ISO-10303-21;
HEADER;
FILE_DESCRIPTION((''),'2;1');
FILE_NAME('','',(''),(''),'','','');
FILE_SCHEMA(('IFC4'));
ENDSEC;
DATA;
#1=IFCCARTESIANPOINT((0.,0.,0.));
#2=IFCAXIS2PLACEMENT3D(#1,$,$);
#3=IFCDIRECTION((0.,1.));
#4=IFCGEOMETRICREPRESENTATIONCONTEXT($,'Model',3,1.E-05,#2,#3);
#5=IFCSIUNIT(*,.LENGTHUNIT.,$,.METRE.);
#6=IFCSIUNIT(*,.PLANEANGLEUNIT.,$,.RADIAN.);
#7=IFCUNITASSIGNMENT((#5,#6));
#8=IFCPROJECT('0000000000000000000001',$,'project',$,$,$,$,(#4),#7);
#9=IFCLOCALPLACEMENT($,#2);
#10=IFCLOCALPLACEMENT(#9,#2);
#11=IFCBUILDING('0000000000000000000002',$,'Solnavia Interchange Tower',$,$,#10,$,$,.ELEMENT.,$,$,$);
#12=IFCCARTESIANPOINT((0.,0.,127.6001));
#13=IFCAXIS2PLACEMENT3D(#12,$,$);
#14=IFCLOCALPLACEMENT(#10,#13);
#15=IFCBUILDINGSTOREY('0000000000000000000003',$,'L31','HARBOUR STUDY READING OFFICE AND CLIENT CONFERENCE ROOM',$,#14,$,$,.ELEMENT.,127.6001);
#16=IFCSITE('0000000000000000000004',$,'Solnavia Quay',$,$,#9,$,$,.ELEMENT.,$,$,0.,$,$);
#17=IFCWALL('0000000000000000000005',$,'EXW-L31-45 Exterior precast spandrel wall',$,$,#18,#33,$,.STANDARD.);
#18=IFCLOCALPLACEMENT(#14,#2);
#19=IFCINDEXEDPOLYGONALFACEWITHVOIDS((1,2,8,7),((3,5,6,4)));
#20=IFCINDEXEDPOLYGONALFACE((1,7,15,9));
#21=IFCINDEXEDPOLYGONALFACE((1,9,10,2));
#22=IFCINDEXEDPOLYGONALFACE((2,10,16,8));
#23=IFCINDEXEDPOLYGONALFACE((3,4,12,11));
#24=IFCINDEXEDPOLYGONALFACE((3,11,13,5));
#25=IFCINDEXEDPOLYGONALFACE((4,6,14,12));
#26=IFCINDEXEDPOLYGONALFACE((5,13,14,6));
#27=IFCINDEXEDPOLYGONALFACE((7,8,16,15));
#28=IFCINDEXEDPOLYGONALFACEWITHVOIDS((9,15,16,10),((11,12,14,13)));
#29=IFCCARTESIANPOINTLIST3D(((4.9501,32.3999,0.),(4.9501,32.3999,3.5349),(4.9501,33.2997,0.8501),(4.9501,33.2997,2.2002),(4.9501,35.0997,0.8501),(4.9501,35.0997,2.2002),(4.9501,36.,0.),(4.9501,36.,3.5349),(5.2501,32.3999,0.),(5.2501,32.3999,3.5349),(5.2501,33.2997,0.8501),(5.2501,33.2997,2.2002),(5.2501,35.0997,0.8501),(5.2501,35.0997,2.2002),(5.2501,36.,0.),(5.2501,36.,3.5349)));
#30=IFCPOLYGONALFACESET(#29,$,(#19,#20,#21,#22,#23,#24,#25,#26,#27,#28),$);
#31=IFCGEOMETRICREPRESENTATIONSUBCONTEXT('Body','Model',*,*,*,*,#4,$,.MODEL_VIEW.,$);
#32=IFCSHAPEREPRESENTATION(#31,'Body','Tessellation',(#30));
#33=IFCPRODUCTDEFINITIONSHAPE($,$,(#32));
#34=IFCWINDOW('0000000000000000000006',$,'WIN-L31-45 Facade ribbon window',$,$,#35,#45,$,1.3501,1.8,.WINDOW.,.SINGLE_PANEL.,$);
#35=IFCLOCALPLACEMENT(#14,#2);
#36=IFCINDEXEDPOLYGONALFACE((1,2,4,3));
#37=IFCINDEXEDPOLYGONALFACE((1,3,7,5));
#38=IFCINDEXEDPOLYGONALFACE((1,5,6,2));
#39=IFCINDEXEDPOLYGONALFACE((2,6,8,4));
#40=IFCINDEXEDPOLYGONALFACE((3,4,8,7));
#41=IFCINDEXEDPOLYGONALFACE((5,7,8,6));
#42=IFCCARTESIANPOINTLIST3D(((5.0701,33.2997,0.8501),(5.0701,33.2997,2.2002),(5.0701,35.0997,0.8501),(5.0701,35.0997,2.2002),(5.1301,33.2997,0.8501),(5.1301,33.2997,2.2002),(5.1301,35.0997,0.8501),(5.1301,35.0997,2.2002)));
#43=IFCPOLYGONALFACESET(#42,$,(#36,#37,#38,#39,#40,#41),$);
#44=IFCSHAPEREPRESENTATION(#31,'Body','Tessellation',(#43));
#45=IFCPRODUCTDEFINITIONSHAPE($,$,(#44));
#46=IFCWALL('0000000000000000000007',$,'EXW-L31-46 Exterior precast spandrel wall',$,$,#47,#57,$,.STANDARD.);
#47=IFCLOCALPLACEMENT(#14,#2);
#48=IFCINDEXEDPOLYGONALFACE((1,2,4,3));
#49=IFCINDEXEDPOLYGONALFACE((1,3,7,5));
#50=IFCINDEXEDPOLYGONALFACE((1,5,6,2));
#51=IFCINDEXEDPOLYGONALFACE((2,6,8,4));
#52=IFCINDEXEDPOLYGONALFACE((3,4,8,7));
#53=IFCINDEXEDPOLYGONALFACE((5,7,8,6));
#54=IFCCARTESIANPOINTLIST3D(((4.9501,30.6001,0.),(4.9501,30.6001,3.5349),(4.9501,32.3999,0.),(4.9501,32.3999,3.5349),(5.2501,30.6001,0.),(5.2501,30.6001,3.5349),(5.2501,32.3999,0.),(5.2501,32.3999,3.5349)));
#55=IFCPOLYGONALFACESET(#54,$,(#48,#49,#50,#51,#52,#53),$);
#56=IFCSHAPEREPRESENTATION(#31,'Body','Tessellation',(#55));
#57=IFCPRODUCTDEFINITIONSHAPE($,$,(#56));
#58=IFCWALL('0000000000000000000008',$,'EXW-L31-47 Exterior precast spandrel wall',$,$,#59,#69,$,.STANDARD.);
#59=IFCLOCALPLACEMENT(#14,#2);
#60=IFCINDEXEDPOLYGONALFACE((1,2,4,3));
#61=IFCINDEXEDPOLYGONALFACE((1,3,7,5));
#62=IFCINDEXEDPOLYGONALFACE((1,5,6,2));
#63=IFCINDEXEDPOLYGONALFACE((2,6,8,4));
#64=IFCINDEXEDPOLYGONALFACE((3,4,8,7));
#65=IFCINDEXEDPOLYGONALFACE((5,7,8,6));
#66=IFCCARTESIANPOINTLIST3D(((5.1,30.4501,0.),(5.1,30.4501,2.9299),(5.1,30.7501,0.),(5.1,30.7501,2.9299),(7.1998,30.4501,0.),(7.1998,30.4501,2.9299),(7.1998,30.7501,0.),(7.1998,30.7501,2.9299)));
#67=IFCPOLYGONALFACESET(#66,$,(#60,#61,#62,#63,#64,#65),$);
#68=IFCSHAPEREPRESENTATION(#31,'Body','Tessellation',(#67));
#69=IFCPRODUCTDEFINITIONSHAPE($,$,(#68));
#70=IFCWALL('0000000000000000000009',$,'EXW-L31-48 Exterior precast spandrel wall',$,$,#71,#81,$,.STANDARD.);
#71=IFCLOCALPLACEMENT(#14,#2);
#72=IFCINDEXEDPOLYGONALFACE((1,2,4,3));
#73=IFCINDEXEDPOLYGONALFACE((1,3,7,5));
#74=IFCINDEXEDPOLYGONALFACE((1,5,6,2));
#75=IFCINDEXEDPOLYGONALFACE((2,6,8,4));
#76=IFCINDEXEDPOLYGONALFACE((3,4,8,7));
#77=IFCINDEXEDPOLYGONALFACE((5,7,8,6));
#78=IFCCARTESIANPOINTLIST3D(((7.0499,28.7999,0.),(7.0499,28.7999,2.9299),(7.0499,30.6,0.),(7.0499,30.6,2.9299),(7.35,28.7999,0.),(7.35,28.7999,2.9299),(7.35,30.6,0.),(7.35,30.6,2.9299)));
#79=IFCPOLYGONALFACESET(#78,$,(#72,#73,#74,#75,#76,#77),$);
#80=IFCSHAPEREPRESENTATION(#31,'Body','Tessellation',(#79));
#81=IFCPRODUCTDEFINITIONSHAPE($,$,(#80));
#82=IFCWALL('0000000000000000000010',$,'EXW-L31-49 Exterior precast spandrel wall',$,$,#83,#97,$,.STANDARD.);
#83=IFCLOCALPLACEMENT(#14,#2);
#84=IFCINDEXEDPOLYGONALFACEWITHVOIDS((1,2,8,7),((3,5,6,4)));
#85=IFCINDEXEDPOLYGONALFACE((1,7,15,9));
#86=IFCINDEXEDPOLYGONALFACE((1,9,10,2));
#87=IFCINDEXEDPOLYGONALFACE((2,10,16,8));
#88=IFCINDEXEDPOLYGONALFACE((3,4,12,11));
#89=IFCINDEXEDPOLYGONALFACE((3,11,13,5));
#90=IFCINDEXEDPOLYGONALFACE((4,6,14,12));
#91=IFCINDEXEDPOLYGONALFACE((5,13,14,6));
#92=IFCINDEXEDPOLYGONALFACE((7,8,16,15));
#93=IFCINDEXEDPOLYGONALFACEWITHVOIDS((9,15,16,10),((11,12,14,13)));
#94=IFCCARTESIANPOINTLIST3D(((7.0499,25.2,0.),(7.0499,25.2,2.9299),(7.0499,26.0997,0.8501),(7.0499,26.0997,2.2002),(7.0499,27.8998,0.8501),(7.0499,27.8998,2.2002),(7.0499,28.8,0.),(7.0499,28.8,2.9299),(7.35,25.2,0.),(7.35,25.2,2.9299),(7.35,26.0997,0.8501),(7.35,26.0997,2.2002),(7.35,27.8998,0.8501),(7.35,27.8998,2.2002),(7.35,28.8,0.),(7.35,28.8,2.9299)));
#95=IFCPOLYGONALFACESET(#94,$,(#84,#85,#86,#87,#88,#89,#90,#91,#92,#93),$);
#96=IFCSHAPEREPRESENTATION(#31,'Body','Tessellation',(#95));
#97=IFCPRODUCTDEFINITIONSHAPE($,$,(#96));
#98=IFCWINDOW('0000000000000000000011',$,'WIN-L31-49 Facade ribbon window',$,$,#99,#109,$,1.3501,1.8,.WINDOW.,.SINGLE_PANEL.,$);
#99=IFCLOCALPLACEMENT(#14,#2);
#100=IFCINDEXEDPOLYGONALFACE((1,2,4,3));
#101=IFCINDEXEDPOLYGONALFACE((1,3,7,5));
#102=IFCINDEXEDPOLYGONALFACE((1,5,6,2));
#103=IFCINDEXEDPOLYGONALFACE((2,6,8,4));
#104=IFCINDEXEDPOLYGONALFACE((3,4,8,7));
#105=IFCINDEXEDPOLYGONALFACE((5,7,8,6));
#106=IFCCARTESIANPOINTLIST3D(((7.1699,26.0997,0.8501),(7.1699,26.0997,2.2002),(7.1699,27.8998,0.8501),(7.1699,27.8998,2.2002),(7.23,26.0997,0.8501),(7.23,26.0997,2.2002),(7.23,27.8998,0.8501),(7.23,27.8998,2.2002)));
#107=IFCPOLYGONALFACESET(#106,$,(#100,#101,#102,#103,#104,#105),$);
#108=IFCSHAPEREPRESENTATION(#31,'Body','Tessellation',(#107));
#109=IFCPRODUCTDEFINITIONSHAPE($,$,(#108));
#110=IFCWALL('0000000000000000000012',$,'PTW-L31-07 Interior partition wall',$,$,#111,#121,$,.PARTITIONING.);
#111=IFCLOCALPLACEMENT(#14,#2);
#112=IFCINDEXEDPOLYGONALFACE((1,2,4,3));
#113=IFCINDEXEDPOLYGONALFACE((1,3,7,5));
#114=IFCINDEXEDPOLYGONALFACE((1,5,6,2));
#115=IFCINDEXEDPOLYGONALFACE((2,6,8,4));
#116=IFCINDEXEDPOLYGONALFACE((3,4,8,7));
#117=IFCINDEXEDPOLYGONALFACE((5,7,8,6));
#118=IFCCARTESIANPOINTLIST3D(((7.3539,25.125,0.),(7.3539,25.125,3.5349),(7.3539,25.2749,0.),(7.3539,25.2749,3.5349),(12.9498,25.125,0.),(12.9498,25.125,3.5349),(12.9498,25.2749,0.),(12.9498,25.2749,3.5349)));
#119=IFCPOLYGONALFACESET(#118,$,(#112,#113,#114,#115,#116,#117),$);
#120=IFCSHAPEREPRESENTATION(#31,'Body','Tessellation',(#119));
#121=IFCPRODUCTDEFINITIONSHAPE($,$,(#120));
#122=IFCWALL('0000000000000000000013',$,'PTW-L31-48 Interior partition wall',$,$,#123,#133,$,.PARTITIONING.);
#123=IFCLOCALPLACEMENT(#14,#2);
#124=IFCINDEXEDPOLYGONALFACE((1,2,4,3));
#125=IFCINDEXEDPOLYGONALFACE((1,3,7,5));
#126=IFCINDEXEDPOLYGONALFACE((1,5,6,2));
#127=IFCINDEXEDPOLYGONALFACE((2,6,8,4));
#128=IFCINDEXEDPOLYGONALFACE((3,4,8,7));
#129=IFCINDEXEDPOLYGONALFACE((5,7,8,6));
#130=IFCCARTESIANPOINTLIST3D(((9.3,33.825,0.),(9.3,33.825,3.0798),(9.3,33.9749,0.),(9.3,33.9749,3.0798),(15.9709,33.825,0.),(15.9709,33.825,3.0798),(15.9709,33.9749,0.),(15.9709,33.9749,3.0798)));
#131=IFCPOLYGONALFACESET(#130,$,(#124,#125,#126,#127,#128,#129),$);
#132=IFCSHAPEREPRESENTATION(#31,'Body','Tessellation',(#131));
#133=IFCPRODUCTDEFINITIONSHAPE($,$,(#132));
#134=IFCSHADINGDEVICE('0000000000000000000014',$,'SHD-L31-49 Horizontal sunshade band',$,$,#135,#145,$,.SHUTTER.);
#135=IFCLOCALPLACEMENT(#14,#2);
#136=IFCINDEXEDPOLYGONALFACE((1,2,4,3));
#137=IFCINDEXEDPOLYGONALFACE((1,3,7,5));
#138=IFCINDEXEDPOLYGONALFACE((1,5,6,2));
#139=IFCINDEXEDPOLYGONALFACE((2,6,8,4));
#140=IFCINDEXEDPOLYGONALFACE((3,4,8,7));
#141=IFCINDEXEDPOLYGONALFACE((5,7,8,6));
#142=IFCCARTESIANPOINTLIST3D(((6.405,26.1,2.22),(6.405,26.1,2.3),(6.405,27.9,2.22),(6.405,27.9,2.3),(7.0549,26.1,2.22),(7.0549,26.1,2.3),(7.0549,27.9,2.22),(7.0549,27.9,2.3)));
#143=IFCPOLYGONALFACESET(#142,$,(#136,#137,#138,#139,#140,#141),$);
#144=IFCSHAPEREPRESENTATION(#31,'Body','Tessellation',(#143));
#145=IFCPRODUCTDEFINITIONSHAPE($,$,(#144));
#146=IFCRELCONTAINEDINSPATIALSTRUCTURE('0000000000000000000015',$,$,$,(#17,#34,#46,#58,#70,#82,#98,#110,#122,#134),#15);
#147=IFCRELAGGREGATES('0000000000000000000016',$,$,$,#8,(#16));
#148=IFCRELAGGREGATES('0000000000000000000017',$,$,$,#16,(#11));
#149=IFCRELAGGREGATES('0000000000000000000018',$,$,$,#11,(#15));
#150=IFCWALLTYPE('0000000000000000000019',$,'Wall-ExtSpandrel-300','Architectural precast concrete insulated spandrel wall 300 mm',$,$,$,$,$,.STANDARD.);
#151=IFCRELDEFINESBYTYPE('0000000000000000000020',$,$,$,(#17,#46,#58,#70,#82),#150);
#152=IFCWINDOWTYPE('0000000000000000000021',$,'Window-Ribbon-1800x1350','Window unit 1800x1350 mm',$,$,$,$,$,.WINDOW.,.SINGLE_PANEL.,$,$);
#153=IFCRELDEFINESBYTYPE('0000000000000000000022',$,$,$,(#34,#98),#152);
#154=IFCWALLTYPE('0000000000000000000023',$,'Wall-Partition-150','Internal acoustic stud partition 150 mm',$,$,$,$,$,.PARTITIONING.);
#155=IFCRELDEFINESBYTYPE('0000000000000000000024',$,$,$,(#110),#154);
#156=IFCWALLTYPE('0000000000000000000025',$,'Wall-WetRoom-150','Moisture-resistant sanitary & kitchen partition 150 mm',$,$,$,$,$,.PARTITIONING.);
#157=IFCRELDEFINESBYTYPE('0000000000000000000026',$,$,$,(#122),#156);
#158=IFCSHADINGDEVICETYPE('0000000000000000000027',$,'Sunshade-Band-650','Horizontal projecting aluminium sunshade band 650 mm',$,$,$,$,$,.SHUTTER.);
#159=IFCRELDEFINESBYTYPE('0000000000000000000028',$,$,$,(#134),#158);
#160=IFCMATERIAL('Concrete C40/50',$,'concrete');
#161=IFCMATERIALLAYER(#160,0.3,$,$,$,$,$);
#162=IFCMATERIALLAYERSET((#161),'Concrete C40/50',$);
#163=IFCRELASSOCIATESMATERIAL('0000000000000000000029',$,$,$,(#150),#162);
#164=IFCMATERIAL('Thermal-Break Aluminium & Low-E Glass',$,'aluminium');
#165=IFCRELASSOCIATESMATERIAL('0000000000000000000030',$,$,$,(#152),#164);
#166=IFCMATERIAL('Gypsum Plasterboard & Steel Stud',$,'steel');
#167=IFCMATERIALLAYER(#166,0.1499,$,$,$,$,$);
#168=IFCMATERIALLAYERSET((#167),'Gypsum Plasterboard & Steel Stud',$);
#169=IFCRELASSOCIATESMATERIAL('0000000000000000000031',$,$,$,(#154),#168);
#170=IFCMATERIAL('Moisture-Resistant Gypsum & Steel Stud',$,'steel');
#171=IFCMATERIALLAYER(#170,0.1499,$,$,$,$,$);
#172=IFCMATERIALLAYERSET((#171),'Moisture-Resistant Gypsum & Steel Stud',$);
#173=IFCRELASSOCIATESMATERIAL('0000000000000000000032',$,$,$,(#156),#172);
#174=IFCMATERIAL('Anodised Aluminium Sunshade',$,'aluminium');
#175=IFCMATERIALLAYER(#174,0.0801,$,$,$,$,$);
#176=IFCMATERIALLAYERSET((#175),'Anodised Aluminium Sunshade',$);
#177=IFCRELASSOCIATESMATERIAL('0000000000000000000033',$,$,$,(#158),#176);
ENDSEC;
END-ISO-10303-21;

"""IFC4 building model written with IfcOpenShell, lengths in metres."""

from ifc_helpers import new_model, si_unit, direction, frame, frame_2d, origin, origin_2d, place, context, subcontext, project, spatial, rectangle, extrude, material, layer, layer_set, type_object, element, fill, save


model = new_model("IFC4")

# Units and contexts
model_context = context("Model", 3, precision=1e-05, world=origin(), true_north=direction((0.0, 1.0)))
body_context = subcontext(model_context, "Body", "Model", "MODEL_VIEW")
ifc_project = project(units=[si_unit("LENGTHUNIT", "METRE"), si_unit("PLANEANGLEUNIT", "RADIAN")], contexts=[model_context])

# Site, building, storey
site_placement = place(None, origin())
site = spatial("IfcSite", under=ifc_project, at=site_placement, Name="Solnavia Quay", CompositionType="ELEMENT", RefElevation=0.0)
building_placement = place(site_placement, origin())
building = spatial("IfcBuilding", under=site, at=building_placement, Name="Solnavia Interchange Tower", CompositionType="ELEMENT")
storey_placement = place(building_placement, frame((0.0, 0.0, 127.6001)))
storey = spatial("IfcBuildingStorey", under=building, at=storey_placement, Name="L31", Description="HARBOUR STUDY READING OFFICE AND CLIENT CONFERENCE ROOM", CompositionType="ELEMENT", Elevation=127.6001)

# Wall, opening, window
ifc_material_1 = material(Name="Concrete C40/50", Category="concrete")
ifc_layer_1 = layer(ifc_material_1, 0.3)
ifc_layer_set_1 = layer_set([ifc_layer_1], Name="Concrete C40/50")
wall_type_1 = type_object("IfcWallType", Name="Wall-ExtSpandrel-300", Description="Architectural precast concrete insulated spandrel wall 300 mm", PredefinedType="STANDARD", material=ifc_layer_set_1)
wall_1_placement = place(storey_placement, frame((5.1001, 32.3999, 0.0), z_axis=(0.0, 0.0, 1.0), x_axis=(0.0, 1.0, 0.0)))
wall_1 = element("IfcWall", 1, at=wall_1_placement, inside=storey, type_object=wall_type_1, Name="EXW-L31-45 Exterior precast spandrel wall", PredefinedType="STANDARD", context=body_context, shape_type="SweptSolid", body=[
    extrude(rectangle(XDim=3.6001, YDim=0.3, at=frame_2d((1.8, 0.0))), origin(), (0.0, 0.0, 1.0), 3.5349),
])
opening_1_placement = place(wall_1_placement, frame((0.8999, 0.0, 0.8501)))
opening_1 = element("IfcOpeningElement", 2, at=opening_1_placement, cuts=wall_1, PredefinedType="OPENING", context=body_context, shape_type="SweptSolid", body=[
    extrude(rectangle(XDim=1.8, YDim=1.3501, at=frame_2d((0.8999, 0.675))), frame((0.0, 0.1602, 0.0), z_axis=(0.0, -1.0, 0.0), x_axis=(1.0, 0.0, 0.0)), (0.0, 0.0, 1.0), 0.3201),
])
ifc_material_2 = material(Name="Thermal-Break Aluminium & Low-E Glass", Category="aluminium")
window_type = type_object("IfcWindowType", Name="Window-Ribbon-1800x1350", Description="Window unit 1800x1350 mm", PartitioningType="SINGLE_PANEL", PredefinedType="WINDOW", material=ifc_material_2)
window_1_placement = place(opening_1_placement, origin())
window_1 = element("IfcWindow", 3, at=window_1_placement, inside=storey, type_object=window_type, Name="WIN-L31-45 Facade ribbon window", OverallHeight=1.3501, OverallWidth=1.8, PartitioningType="SINGLE_PANEL", PredefinedType="WINDOW", context=body_context, shape_type="SweptSolid", body=[
    extrude(rectangle(XDim=1.8, YDim=1.3501, at=frame_2d((0.8999, 0.675))), frame((0.0, 0.03, 0.0), z_axis=(0.0, -1.0, 0.0), x_axis=(1.0, 0.0, 0.0)), (0.0, 0.0, 1.0), 0.0601),
])
fill(opening_1, window_1)

# Walls
wall_2_placement = place(storey_placement, frame((5.1001, 30.6001, 0.0), z_axis=(0.0, 0.0, 1.0), x_axis=(0.0, 1.0, 0.0)))
element("IfcWall", 4, at=wall_2_placement, inside=storey, type_object=wall_type_1, Name="EXW-L31-46 Exterior precast spandrel wall", PredefinedType="STANDARD", context=body_context, shape_type="SweptSolid", body=[
    extrude(rectangle(XDim=1.7998, YDim=0.3, at=frame_2d((0.8999, 0.0))), origin(), (0.0, 0.0, 1.0), 3.5349),
])
wall_3_placement = place(storey_placement, frame((5.1001, 30.6001, 0.0), z_axis=(0.0, 0.0, 1.0), x_axis=(1.0, 0.0, 0.0)))
element("IfcWall", 5, at=wall_3_placement, inside=storey, type_object=wall_type_1, Name="EXW-L31-47 Exterior precast spandrel wall", PredefinedType="STANDARD", context=body_context, shape_type="SweptSolid", body=[
    extrude(rectangle(XDim=2.0999, YDim=0.3, at=frame_2d((1.0498, 0.0))), origin(), (0.0, 0.0, 1.0), 2.9299),
])
wall_4_placement = place(storey_placement, frame((7.2, 28.8, 0.0), z_axis=(0.0, 0.0, 1.0), x_axis=(0.0, 1.0, 0.0)))
element("IfcWall", 6, at=wall_4_placement, inside=storey, type_object=wall_type_1, Name="EXW-L31-48 Exterior precast spandrel wall", PredefinedType="STANDARD", context=body_context, shape_type="SweptSolid", body=[
    extrude(rectangle(XDim=1.8, YDim=0.3, at=frame_2d((0.8999, 0.0))), origin(), (0.0, 0.0, 1.0), 2.9299),
])

# Wall, opening, window
wall_5_placement = place(storey_placement, frame((7.2, 25.2, 0.0), z_axis=(0.0, 0.0, 1.0), x_axis=(0.0, 1.0, 0.0)))
wall_5 = element("IfcWall", 7, at=wall_5_placement, inside=storey, type_object=wall_type_1, Name="EXW-L31-49 Exterior precast spandrel wall", PredefinedType="STANDARD", context=body_context, shape_type="SweptSolid", body=[
    extrude(rectangle(XDim=3.6001, YDim=0.3, at=frame_2d((1.8, 0.0))), origin(), (0.0, 0.0, 1.0), 2.9299),
])
opening_2_placement = place(wall_5_placement, frame((0.8999, 0.0, 0.8501)))
opening_2 = element("IfcOpeningElement", 8, at=opening_2_placement, cuts=wall_5, PredefinedType="OPENING", context=body_context, shape_type="SweptSolid", body=[
    extrude(rectangle(XDim=1.8, YDim=1.3501, at=frame_2d((0.8999, 0.675))), frame((0.0, 0.1602, 0.0), z_axis=(0.0, -1.0, 0.0), x_axis=(1.0, 0.0, 0.0)), (0.0, 0.0, 1.0), 0.3201),
])
window_2_placement = place(opening_2_placement, origin())
window_2 = element("IfcWindow", 9, at=window_2_placement, inside=storey, type_object=window_type, Name="WIN-L31-49 Facade ribbon window", OverallHeight=1.3501, OverallWidth=1.8, PartitioningType="SINGLE_PANEL", PredefinedType="WINDOW", context=body_context, shape_type="SweptSolid", body=[
    extrude(rectangle(XDim=1.8, YDim=1.3501, at=frame_2d((0.8999, 0.675))), frame((0.0, 0.03, 0.0), z_axis=(0.0, -1.0, 0.0), x_axis=(1.0, 0.0, 0.0)), (0.0, 0.0, 1.0), 0.0601),
])
fill(opening_2, window_2)

# Walls
ifc_material_3 = material(Name="Gypsum Plasterboard & Steel Stud", Category="steel")
ifc_layer_2 = layer(ifc_material_3, 0.1499)
ifc_layer_set_2 = layer_set([ifc_layer_2], Name="Gypsum Plasterboard & Steel Stud")
wall_type_2 = type_object("IfcWallType", Name="Wall-Partition-150", Description="Internal acoustic stud partition 150 mm", PredefinedType="PARTITIONING", material=ifc_layer_set_2)
wall_6_placement = place(storey_placement, frame((7.354, 25.2, 0.0), z_axis=(0.0, 0.0, 1.0), x_axis=(1.0, 0.0, 0.0)))
element("IfcWall", 10, at=wall_6_placement, inside=storey, type_object=wall_type_2, Name="PTW-L31-07 Interior partition wall", PredefinedType="PARTITIONING", context=body_context, shape_type="SweptSolid", body=[
    extrude(rectangle(XDim=5.5959, YDim=0.1499, at=frame_2d((2.7979, 0.0))), origin(), (0.0, 0.0, 1.0), 3.5349),
])
ifc_material_4 = material(Name="Moisture-Resistant Gypsum & Steel Stud", Category="steel")
ifc_layer_3 = layer(ifc_material_4, 0.1499)
ifc_layer_set_3 = layer_set([ifc_layer_3], Name="Moisture-Resistant Gypsum & Steel Stud")
wall_type_3 = type_object("IfcWallType", Name="Wall-WetRoom-150", Description="Moisture-resistant sanitary & kitchen partition 150 mm", PredefinedType="PARTITIONING", material=ifc_layer_set_3)
wall_7_placement = place(storey_placement, frame((9.3, 33.8999, 0.0), z_axis=(0.0, 0.0, 1.0), x_axis=(1.0, 0.0, 0.0)))
element("IfcWall", 11, at=wall_7_placement, inside=storey, type_object=wall_type_3, Name="PTW-L31-48 Interior partition wall", PredefinedType="PARTITIONING", context=body_context, shape_type="SweptSolid", body=[
    extrude(rectangle(XDim=6.6709, YDim=0.1499, at=frame_2d((3.3354, 0.0))), origin(), (0.0, 0.0, 1.0), 3.0798),
])

# Shading device
ifc_material_5 = material(Name="Anodised Aluminium Sunshade", Category="aluminium")
ifc_layer_4 = layer(ifc_material_5, 0.0801)
ifc_layer_set_4 = layer_set([ifc_layer_4], Name="Anodised Aluminium Sunshade")
shading_device_type = type_object("IfcShadingDeviceType", Name="Sunshade-Band-650", Description="Horizontal projecting aluminium sunshade band 650 mm", PredefinedType="SHUTTER", material=ifc_layer_set_4)
shading_device_placement = place(storey_placement, frame((6.73, 27.0, 2.22), z_axis=(0.0, 0.0, 1.0), x_axis=(0.0, 1.0, 0.0)))
element("IfcShadingDevice", 12, at=shading_device_placement, inside=storey, type_object=shading_device_type, Name="SHD-L31-49 Horizontal sunshade band", PredefinedType="SHUTTER", context=body_context, shape_type="SweptSolid", body=[
    extrude(rectangle(XDim=1.8, YDim=0.6499, at=origin_2d()), origin(), (0.0, 0.0, 1.0), 0.0801),
])

save(model, "model.ifc")
